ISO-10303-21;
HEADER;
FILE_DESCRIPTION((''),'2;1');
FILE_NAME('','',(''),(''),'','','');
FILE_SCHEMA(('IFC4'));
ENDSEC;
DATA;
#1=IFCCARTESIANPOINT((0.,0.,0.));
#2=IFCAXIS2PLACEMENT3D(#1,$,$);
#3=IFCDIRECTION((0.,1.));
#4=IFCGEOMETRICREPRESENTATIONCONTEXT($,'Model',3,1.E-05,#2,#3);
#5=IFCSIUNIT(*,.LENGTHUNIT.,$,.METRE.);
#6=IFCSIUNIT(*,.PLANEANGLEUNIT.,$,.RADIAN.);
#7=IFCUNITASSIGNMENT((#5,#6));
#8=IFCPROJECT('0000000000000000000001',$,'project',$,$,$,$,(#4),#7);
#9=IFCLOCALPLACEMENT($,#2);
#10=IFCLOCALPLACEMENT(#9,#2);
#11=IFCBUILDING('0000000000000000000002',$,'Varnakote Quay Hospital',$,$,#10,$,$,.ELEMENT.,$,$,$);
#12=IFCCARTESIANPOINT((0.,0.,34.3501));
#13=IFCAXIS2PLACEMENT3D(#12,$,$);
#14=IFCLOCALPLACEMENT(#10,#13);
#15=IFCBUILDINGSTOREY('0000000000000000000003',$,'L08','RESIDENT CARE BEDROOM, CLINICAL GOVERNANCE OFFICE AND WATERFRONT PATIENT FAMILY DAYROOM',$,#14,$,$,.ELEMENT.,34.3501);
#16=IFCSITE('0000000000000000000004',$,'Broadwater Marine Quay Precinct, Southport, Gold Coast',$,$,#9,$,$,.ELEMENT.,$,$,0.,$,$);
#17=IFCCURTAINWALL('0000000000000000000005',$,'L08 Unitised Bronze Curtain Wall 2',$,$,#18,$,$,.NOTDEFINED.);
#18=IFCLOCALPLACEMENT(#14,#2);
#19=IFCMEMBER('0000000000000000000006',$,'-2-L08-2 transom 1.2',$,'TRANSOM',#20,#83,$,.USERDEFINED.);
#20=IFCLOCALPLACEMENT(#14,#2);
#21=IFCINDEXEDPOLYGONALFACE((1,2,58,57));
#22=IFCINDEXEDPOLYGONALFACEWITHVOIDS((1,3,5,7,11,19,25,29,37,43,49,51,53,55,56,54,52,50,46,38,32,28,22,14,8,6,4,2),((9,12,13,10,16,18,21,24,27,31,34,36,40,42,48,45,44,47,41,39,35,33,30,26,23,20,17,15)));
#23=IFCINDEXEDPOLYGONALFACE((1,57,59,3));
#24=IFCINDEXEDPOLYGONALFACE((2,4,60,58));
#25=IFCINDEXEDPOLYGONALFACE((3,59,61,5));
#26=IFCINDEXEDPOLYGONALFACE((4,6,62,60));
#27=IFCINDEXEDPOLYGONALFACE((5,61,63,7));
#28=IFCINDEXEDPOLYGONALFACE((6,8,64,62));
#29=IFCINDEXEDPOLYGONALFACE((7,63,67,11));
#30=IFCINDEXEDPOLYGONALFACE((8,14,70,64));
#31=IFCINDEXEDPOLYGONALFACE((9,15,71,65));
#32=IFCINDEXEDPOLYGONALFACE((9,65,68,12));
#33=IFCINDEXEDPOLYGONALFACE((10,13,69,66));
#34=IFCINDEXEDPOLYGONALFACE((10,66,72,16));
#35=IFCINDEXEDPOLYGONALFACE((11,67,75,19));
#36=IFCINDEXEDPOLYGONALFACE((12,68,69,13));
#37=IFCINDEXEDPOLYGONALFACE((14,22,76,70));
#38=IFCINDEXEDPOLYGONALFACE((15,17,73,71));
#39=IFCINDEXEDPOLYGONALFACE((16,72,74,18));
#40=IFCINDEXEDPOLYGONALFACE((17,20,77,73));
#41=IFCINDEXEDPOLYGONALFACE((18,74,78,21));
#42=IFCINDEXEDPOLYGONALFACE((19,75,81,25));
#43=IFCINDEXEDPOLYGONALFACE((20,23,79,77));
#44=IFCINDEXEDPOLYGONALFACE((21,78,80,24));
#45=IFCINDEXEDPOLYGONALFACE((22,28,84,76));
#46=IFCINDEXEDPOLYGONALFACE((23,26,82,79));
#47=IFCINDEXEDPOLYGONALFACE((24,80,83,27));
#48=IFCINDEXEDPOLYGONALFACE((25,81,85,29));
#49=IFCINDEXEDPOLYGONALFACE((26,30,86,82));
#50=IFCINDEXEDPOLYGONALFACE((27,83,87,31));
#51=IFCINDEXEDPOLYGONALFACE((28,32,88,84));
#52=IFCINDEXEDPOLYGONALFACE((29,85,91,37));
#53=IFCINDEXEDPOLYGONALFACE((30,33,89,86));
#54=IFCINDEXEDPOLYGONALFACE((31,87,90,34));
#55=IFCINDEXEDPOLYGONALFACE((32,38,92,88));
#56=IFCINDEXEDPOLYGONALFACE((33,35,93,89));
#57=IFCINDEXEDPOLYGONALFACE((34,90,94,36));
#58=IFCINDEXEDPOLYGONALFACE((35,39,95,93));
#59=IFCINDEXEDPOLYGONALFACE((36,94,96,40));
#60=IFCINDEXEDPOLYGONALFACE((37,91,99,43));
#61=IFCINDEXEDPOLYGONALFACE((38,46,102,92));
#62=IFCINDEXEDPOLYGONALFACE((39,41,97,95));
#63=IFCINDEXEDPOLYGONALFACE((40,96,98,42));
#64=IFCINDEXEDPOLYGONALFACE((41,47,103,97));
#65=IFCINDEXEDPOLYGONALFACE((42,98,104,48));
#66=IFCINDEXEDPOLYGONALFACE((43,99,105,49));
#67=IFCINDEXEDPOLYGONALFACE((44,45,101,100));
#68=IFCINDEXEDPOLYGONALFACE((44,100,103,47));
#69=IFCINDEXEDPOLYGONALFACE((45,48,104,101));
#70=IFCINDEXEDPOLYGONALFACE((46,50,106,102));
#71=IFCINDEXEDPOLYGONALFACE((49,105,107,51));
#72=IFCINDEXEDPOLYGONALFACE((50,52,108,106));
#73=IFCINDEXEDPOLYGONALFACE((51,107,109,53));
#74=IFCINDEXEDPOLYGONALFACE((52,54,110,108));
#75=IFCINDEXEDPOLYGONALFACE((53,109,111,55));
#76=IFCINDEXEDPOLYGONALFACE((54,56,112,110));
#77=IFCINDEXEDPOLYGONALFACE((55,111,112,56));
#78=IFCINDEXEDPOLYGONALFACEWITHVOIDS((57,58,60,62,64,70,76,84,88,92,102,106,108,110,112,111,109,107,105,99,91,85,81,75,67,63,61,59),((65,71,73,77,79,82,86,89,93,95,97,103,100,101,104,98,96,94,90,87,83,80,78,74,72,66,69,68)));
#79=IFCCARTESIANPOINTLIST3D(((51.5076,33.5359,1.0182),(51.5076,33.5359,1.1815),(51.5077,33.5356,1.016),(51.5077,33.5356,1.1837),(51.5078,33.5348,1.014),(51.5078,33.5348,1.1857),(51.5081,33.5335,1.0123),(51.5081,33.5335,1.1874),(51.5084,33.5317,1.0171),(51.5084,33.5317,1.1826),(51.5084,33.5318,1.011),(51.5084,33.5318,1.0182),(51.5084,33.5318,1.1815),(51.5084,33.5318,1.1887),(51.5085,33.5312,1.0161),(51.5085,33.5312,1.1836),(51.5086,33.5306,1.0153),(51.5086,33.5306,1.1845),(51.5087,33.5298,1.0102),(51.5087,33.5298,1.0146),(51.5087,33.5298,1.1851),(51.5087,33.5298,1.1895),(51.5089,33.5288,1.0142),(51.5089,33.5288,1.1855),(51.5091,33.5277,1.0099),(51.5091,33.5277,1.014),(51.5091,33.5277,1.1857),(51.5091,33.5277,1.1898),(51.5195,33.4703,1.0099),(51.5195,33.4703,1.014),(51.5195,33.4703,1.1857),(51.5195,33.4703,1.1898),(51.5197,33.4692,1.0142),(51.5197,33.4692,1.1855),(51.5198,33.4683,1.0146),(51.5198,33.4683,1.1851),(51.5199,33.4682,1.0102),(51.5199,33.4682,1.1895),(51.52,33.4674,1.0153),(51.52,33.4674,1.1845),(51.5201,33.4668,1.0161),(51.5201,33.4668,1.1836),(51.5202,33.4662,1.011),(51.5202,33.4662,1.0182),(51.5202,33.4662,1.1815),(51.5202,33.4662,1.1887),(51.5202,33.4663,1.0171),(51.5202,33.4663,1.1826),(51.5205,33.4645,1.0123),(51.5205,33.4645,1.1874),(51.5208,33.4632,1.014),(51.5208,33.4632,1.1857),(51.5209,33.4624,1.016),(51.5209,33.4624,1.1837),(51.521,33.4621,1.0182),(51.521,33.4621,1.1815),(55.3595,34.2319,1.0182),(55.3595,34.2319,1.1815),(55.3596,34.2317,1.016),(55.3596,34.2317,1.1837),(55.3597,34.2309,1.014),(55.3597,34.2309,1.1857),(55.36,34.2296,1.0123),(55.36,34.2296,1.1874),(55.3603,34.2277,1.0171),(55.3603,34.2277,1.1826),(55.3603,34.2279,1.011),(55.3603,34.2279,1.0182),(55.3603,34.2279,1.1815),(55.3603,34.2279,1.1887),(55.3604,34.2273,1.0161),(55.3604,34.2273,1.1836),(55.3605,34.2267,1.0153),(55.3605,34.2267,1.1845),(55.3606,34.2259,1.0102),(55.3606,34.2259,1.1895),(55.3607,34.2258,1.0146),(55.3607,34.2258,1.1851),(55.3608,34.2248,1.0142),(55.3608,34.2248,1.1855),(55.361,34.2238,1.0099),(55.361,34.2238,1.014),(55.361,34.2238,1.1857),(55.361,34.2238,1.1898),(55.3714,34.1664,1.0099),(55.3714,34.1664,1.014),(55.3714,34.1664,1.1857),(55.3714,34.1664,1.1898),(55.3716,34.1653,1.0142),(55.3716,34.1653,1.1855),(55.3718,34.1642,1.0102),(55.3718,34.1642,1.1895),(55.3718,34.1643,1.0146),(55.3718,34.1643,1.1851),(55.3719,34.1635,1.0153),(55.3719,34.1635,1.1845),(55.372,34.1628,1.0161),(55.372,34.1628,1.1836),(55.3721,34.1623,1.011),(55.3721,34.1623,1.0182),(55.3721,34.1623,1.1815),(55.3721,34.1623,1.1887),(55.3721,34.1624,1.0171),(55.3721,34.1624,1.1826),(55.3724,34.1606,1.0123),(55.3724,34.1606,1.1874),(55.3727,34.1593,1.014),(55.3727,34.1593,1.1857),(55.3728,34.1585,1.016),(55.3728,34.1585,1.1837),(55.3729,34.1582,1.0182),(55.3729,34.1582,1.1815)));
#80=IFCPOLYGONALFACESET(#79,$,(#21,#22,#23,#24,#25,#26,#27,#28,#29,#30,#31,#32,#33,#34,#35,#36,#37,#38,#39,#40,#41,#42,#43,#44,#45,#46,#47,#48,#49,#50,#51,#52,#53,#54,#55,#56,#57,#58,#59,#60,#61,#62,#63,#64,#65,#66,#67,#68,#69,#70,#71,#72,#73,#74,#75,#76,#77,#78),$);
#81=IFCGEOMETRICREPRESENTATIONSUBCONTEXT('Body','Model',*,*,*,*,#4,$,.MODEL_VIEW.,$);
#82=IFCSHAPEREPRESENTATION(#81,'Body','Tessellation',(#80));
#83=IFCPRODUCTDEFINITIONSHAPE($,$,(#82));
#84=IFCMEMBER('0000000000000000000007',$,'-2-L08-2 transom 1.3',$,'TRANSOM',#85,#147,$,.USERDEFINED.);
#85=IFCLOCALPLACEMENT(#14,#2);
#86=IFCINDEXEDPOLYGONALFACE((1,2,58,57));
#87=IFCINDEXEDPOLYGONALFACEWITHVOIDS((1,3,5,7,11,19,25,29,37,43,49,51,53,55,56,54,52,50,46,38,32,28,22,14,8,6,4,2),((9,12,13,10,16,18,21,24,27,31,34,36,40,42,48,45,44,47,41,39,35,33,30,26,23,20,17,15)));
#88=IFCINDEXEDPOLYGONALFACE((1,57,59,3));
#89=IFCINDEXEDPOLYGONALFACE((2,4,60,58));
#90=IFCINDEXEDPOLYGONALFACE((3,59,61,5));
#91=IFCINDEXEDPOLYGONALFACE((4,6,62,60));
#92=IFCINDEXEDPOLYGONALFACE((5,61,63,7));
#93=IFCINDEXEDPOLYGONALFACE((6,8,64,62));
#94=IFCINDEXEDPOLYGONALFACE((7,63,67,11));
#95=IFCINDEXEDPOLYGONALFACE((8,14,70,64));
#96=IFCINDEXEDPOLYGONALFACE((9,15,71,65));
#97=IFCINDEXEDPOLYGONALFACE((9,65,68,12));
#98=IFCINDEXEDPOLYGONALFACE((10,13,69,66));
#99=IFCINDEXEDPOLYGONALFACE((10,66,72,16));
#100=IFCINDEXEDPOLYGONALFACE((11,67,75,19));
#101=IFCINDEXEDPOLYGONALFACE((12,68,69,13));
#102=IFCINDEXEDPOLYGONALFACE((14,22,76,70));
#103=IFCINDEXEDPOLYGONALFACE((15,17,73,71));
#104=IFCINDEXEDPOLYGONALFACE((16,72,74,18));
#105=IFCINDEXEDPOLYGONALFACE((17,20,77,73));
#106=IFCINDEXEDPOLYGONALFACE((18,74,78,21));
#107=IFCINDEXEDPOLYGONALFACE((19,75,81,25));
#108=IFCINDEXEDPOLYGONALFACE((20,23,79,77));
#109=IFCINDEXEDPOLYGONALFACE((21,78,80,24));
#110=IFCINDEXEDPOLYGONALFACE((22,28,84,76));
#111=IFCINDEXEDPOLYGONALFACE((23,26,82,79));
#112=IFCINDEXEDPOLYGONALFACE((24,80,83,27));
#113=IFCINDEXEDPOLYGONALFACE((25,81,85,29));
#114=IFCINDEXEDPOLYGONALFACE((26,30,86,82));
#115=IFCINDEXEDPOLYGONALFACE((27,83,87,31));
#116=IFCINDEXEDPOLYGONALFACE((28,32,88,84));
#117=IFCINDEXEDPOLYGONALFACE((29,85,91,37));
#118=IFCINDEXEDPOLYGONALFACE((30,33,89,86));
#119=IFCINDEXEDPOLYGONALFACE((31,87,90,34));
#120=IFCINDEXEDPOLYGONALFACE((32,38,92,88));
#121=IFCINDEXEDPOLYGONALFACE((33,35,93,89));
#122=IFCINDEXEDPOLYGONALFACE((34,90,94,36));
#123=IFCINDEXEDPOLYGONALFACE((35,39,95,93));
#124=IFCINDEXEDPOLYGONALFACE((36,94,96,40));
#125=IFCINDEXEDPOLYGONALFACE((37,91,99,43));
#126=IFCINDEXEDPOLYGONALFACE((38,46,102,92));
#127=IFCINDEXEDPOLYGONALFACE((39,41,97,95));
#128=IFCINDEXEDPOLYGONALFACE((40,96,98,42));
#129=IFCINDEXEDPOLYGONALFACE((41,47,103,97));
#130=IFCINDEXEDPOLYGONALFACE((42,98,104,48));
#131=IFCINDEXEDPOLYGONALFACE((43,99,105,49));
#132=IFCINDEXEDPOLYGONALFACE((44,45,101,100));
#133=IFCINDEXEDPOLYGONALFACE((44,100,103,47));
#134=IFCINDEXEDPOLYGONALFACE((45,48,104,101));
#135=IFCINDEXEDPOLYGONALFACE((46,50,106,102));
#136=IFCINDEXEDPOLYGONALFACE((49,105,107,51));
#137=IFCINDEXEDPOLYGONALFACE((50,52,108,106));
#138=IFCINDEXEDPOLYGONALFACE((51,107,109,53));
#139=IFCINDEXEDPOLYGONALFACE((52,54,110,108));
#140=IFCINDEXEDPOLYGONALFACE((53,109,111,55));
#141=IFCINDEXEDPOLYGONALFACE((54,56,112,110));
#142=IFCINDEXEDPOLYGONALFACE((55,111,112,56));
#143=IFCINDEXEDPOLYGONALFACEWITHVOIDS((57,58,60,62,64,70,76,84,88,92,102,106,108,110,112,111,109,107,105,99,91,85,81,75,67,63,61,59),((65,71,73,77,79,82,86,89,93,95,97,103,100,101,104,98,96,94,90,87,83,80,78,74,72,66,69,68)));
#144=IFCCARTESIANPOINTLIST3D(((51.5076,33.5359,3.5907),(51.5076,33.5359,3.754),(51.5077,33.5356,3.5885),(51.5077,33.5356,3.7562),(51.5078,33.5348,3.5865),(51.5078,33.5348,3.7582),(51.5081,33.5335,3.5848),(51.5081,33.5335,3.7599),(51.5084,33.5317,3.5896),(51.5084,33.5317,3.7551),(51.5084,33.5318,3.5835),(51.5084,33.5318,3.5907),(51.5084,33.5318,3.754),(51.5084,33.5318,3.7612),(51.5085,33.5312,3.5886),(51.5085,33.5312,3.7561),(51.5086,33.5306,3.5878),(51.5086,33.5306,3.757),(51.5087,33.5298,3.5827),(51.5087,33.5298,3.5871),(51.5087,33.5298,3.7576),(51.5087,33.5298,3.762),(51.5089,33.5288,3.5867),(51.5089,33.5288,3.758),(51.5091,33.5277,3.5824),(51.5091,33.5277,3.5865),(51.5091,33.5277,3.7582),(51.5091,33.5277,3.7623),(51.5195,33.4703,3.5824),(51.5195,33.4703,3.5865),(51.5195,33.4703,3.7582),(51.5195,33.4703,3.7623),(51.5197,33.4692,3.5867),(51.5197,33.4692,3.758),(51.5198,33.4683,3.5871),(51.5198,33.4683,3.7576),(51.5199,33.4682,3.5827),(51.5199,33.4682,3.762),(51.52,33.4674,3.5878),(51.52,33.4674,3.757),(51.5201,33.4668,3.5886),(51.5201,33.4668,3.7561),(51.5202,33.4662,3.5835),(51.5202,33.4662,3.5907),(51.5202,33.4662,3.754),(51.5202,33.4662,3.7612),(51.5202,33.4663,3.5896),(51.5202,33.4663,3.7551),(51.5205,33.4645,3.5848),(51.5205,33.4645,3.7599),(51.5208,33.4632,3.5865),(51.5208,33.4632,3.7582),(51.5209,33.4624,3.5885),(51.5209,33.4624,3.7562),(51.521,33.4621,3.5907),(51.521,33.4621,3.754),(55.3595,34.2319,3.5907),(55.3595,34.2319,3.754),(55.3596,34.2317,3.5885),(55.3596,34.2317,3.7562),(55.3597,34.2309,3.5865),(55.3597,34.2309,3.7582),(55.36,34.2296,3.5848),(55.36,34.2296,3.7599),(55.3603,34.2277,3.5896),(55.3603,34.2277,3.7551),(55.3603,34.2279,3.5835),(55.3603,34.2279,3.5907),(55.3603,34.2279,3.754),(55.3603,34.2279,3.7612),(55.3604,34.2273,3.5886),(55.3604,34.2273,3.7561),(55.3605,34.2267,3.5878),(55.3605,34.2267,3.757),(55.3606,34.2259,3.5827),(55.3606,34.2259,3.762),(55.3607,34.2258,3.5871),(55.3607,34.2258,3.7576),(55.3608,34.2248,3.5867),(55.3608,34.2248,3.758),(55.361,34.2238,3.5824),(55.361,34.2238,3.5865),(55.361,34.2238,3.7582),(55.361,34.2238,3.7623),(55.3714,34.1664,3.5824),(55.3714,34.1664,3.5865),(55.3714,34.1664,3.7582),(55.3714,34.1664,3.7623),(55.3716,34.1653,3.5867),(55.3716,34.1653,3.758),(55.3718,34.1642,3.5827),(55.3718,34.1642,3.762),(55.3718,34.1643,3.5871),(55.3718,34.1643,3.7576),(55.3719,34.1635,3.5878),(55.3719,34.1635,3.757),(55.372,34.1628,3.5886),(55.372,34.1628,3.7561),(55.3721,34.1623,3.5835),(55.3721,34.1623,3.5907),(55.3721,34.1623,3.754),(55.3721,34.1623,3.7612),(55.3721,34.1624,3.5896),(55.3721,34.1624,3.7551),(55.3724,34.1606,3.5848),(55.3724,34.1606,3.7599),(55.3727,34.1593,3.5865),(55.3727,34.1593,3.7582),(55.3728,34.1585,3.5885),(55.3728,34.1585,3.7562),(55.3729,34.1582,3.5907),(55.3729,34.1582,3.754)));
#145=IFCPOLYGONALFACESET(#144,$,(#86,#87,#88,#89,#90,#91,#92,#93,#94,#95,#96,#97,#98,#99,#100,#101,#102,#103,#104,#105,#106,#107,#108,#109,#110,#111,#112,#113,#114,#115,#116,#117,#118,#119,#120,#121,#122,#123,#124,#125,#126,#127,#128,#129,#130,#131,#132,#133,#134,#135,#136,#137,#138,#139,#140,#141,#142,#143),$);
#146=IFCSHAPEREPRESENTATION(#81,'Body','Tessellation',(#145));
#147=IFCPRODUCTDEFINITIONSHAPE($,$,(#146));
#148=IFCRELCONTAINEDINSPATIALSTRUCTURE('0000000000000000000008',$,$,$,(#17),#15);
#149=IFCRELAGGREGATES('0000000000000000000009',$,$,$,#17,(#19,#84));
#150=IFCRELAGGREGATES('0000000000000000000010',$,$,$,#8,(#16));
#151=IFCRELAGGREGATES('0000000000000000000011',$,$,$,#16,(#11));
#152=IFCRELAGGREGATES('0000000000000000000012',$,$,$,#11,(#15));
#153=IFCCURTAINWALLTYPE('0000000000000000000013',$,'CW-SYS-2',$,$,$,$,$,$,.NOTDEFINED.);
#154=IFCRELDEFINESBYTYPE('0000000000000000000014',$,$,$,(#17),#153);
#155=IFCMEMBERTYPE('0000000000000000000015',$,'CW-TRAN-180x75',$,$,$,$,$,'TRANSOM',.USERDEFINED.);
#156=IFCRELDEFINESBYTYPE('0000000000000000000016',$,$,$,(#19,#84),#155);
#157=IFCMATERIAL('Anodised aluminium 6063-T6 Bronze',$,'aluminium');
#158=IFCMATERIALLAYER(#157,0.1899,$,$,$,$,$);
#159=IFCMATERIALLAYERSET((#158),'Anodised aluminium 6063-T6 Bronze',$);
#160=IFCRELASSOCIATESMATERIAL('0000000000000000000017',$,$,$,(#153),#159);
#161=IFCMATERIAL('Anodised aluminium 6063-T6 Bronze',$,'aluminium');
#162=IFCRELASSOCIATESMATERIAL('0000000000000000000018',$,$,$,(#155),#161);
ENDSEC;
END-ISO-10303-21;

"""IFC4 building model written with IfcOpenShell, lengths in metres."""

from ifc_helpers import new_model, si_unit, direction, frame, origin, origin_2d, place, context, subcontext, project, spatial, hollow_rectangle, extrude, material, layer, layer_set, material_profile, profile_set, type_object, element, aggregate, save


model = new_model("IFC4")

# Units and contexts
model_context = context("Model", 3, precision=1e-05, world=origin(), true_north=direction((0.0, 1.0)))
body_context = subcontext(model_context, "Body", "Model", "MODEL_VIEW")
ifc_project = project(units=[si_unit("LENGTHUNIT", "METRE"), si_unit("PLANEANGLEUNIT", "RADIAN")], contexts=[model_context])

# Site, building, storey
site_placement = place(None, origin())
site = spatial("IfcSite", under=ifc_project, at=site_placement, Name="Broadwater Marine Quay Precinct, Southport, Gold Coast", CompositionType="ELEMENT", RefElevation=0.0)
building_placement = place(site_placement, origin())
building = spatial("IfcBuilding", under=site, at=building_placement, Name="Varnakote Quay Hospital", CompositionType="ELEMENT")
storey_placement = place(building_placement, frame((0.0, 0.0, 34.3501)))
storey = spatial("IfcBuildingStorey", under=building, at=storey_placement, Name="L08", Description="RESIDENT CARE BEDROOM, CLINICAL GOVERNANCE OFFICE AND WATERFRONT PATIENT FAMILY DAYROOM", CompositionType="ELEMENT", Elevation=34.3501)

# Shared definitions
ifc_material_1 = material(Name="Anodised aluminium 6063-T6 Bronze", Category="aluminium")
ifc_layer_1 = layer(ifc_material_1, 0.1899)
ifc_layer_set_1 = layer_set([ifc_layer_1], Name="Anodised aluminium 6063-T6 Bronze")
curtain_wall_type = type_object("IfcCurtainWallType", Name="CW-SYS-2", PredefinedType="NOTDEFINED", material=ifc_layer_set_1)

# Curtain wall
curtain_wall_1_placement = place(storey_placement, origin())
curtain_wall_1 = element("IfcCurtainWall", 1, at=curtain_wall_1_placement, inside=storey, type_object=curtain_wall_type, Name="L08 Unitised Bronze Curtain Wall 2", PredefinedType="NOTDEFINED")

# Members
ifc_material_2 = material(Name="Anodised aluminium 6063-T6 Bronze", Category="aluminium")
ifc_material_profile_1 = material_profile(ifc_material_2, hollow_rectangle(XDim=0.075, YDim=0.1799, WallThickness=0.0042, InnerFilletRadius=0.0042, OuterFilletRadius=0.0083, at=origin_2d()), Name="CW-TRAN-180x75")
ifc_profile_set_1 = profile_set([ifc_material_profile_1], Name="Anodised aluminium 6063-T6 Bronze")
member_type_1 = type_object("IfcMemberType", Name="CW-TRAN-180x75", ElementType="TRANSOM", PredefinedType="USERDEFINED", material=ifc_profile_set_1)
member_1_placement = place(storey_placement, frame((55.3662, 34.1951, 1.0999), z_axis=(-0.984062, -0.177826, 0.0), x_axis=(0.177826, -0.984062, 0.0)))
member_1 = element("IfcMember", 2, at=member_1_placement, type_object=member_type_1, Name="-2-L08-2 transom 1.2", ObjectType="TRANSOM", PredefinedType="USERDEFINED", context=body_context, shape_type="SweptSolid", body=[
    extrude(hollow_rectangle(XDim=0.075, YDim=0.1799, WallThickness=0.0042, InnerFilletRadius=0.0042, OuterFilletRadius=0.0083, at=origin_2d()), origin(), (0.0, 0.0, 1.0), 3.9143),
])
member_2_placement = place(storey_placement, frame((55.3662, 34.1951, 3.6724), z_axis=(-0.984062, -0.177826, 0.0), x_axis=(0.177826, -0.984062, 0.0)))
member_2 = element("IfcMember", 3, at=member_2_placement, type_object=member_type_1, Name="-2-L08-2 transom 1.3", ObjectType="TRANSOM", PredefinedType="USERDEFINED", context=body_context, shape_type="SweptSolid", body=[
    extrude(hollow_rectangle(XDim=0.075, YDim=0.1799, WallThickness=0.0042, InnerFilletRadius=0.0042, OuterFilletRadius=0.0083, at=origin_2d()), origin(), (0.0, 0.0, 1.0), 3.9143),
])

aggregate(curtain_wall_1, [member_1, member_2])

save(model, "model.ifc")
